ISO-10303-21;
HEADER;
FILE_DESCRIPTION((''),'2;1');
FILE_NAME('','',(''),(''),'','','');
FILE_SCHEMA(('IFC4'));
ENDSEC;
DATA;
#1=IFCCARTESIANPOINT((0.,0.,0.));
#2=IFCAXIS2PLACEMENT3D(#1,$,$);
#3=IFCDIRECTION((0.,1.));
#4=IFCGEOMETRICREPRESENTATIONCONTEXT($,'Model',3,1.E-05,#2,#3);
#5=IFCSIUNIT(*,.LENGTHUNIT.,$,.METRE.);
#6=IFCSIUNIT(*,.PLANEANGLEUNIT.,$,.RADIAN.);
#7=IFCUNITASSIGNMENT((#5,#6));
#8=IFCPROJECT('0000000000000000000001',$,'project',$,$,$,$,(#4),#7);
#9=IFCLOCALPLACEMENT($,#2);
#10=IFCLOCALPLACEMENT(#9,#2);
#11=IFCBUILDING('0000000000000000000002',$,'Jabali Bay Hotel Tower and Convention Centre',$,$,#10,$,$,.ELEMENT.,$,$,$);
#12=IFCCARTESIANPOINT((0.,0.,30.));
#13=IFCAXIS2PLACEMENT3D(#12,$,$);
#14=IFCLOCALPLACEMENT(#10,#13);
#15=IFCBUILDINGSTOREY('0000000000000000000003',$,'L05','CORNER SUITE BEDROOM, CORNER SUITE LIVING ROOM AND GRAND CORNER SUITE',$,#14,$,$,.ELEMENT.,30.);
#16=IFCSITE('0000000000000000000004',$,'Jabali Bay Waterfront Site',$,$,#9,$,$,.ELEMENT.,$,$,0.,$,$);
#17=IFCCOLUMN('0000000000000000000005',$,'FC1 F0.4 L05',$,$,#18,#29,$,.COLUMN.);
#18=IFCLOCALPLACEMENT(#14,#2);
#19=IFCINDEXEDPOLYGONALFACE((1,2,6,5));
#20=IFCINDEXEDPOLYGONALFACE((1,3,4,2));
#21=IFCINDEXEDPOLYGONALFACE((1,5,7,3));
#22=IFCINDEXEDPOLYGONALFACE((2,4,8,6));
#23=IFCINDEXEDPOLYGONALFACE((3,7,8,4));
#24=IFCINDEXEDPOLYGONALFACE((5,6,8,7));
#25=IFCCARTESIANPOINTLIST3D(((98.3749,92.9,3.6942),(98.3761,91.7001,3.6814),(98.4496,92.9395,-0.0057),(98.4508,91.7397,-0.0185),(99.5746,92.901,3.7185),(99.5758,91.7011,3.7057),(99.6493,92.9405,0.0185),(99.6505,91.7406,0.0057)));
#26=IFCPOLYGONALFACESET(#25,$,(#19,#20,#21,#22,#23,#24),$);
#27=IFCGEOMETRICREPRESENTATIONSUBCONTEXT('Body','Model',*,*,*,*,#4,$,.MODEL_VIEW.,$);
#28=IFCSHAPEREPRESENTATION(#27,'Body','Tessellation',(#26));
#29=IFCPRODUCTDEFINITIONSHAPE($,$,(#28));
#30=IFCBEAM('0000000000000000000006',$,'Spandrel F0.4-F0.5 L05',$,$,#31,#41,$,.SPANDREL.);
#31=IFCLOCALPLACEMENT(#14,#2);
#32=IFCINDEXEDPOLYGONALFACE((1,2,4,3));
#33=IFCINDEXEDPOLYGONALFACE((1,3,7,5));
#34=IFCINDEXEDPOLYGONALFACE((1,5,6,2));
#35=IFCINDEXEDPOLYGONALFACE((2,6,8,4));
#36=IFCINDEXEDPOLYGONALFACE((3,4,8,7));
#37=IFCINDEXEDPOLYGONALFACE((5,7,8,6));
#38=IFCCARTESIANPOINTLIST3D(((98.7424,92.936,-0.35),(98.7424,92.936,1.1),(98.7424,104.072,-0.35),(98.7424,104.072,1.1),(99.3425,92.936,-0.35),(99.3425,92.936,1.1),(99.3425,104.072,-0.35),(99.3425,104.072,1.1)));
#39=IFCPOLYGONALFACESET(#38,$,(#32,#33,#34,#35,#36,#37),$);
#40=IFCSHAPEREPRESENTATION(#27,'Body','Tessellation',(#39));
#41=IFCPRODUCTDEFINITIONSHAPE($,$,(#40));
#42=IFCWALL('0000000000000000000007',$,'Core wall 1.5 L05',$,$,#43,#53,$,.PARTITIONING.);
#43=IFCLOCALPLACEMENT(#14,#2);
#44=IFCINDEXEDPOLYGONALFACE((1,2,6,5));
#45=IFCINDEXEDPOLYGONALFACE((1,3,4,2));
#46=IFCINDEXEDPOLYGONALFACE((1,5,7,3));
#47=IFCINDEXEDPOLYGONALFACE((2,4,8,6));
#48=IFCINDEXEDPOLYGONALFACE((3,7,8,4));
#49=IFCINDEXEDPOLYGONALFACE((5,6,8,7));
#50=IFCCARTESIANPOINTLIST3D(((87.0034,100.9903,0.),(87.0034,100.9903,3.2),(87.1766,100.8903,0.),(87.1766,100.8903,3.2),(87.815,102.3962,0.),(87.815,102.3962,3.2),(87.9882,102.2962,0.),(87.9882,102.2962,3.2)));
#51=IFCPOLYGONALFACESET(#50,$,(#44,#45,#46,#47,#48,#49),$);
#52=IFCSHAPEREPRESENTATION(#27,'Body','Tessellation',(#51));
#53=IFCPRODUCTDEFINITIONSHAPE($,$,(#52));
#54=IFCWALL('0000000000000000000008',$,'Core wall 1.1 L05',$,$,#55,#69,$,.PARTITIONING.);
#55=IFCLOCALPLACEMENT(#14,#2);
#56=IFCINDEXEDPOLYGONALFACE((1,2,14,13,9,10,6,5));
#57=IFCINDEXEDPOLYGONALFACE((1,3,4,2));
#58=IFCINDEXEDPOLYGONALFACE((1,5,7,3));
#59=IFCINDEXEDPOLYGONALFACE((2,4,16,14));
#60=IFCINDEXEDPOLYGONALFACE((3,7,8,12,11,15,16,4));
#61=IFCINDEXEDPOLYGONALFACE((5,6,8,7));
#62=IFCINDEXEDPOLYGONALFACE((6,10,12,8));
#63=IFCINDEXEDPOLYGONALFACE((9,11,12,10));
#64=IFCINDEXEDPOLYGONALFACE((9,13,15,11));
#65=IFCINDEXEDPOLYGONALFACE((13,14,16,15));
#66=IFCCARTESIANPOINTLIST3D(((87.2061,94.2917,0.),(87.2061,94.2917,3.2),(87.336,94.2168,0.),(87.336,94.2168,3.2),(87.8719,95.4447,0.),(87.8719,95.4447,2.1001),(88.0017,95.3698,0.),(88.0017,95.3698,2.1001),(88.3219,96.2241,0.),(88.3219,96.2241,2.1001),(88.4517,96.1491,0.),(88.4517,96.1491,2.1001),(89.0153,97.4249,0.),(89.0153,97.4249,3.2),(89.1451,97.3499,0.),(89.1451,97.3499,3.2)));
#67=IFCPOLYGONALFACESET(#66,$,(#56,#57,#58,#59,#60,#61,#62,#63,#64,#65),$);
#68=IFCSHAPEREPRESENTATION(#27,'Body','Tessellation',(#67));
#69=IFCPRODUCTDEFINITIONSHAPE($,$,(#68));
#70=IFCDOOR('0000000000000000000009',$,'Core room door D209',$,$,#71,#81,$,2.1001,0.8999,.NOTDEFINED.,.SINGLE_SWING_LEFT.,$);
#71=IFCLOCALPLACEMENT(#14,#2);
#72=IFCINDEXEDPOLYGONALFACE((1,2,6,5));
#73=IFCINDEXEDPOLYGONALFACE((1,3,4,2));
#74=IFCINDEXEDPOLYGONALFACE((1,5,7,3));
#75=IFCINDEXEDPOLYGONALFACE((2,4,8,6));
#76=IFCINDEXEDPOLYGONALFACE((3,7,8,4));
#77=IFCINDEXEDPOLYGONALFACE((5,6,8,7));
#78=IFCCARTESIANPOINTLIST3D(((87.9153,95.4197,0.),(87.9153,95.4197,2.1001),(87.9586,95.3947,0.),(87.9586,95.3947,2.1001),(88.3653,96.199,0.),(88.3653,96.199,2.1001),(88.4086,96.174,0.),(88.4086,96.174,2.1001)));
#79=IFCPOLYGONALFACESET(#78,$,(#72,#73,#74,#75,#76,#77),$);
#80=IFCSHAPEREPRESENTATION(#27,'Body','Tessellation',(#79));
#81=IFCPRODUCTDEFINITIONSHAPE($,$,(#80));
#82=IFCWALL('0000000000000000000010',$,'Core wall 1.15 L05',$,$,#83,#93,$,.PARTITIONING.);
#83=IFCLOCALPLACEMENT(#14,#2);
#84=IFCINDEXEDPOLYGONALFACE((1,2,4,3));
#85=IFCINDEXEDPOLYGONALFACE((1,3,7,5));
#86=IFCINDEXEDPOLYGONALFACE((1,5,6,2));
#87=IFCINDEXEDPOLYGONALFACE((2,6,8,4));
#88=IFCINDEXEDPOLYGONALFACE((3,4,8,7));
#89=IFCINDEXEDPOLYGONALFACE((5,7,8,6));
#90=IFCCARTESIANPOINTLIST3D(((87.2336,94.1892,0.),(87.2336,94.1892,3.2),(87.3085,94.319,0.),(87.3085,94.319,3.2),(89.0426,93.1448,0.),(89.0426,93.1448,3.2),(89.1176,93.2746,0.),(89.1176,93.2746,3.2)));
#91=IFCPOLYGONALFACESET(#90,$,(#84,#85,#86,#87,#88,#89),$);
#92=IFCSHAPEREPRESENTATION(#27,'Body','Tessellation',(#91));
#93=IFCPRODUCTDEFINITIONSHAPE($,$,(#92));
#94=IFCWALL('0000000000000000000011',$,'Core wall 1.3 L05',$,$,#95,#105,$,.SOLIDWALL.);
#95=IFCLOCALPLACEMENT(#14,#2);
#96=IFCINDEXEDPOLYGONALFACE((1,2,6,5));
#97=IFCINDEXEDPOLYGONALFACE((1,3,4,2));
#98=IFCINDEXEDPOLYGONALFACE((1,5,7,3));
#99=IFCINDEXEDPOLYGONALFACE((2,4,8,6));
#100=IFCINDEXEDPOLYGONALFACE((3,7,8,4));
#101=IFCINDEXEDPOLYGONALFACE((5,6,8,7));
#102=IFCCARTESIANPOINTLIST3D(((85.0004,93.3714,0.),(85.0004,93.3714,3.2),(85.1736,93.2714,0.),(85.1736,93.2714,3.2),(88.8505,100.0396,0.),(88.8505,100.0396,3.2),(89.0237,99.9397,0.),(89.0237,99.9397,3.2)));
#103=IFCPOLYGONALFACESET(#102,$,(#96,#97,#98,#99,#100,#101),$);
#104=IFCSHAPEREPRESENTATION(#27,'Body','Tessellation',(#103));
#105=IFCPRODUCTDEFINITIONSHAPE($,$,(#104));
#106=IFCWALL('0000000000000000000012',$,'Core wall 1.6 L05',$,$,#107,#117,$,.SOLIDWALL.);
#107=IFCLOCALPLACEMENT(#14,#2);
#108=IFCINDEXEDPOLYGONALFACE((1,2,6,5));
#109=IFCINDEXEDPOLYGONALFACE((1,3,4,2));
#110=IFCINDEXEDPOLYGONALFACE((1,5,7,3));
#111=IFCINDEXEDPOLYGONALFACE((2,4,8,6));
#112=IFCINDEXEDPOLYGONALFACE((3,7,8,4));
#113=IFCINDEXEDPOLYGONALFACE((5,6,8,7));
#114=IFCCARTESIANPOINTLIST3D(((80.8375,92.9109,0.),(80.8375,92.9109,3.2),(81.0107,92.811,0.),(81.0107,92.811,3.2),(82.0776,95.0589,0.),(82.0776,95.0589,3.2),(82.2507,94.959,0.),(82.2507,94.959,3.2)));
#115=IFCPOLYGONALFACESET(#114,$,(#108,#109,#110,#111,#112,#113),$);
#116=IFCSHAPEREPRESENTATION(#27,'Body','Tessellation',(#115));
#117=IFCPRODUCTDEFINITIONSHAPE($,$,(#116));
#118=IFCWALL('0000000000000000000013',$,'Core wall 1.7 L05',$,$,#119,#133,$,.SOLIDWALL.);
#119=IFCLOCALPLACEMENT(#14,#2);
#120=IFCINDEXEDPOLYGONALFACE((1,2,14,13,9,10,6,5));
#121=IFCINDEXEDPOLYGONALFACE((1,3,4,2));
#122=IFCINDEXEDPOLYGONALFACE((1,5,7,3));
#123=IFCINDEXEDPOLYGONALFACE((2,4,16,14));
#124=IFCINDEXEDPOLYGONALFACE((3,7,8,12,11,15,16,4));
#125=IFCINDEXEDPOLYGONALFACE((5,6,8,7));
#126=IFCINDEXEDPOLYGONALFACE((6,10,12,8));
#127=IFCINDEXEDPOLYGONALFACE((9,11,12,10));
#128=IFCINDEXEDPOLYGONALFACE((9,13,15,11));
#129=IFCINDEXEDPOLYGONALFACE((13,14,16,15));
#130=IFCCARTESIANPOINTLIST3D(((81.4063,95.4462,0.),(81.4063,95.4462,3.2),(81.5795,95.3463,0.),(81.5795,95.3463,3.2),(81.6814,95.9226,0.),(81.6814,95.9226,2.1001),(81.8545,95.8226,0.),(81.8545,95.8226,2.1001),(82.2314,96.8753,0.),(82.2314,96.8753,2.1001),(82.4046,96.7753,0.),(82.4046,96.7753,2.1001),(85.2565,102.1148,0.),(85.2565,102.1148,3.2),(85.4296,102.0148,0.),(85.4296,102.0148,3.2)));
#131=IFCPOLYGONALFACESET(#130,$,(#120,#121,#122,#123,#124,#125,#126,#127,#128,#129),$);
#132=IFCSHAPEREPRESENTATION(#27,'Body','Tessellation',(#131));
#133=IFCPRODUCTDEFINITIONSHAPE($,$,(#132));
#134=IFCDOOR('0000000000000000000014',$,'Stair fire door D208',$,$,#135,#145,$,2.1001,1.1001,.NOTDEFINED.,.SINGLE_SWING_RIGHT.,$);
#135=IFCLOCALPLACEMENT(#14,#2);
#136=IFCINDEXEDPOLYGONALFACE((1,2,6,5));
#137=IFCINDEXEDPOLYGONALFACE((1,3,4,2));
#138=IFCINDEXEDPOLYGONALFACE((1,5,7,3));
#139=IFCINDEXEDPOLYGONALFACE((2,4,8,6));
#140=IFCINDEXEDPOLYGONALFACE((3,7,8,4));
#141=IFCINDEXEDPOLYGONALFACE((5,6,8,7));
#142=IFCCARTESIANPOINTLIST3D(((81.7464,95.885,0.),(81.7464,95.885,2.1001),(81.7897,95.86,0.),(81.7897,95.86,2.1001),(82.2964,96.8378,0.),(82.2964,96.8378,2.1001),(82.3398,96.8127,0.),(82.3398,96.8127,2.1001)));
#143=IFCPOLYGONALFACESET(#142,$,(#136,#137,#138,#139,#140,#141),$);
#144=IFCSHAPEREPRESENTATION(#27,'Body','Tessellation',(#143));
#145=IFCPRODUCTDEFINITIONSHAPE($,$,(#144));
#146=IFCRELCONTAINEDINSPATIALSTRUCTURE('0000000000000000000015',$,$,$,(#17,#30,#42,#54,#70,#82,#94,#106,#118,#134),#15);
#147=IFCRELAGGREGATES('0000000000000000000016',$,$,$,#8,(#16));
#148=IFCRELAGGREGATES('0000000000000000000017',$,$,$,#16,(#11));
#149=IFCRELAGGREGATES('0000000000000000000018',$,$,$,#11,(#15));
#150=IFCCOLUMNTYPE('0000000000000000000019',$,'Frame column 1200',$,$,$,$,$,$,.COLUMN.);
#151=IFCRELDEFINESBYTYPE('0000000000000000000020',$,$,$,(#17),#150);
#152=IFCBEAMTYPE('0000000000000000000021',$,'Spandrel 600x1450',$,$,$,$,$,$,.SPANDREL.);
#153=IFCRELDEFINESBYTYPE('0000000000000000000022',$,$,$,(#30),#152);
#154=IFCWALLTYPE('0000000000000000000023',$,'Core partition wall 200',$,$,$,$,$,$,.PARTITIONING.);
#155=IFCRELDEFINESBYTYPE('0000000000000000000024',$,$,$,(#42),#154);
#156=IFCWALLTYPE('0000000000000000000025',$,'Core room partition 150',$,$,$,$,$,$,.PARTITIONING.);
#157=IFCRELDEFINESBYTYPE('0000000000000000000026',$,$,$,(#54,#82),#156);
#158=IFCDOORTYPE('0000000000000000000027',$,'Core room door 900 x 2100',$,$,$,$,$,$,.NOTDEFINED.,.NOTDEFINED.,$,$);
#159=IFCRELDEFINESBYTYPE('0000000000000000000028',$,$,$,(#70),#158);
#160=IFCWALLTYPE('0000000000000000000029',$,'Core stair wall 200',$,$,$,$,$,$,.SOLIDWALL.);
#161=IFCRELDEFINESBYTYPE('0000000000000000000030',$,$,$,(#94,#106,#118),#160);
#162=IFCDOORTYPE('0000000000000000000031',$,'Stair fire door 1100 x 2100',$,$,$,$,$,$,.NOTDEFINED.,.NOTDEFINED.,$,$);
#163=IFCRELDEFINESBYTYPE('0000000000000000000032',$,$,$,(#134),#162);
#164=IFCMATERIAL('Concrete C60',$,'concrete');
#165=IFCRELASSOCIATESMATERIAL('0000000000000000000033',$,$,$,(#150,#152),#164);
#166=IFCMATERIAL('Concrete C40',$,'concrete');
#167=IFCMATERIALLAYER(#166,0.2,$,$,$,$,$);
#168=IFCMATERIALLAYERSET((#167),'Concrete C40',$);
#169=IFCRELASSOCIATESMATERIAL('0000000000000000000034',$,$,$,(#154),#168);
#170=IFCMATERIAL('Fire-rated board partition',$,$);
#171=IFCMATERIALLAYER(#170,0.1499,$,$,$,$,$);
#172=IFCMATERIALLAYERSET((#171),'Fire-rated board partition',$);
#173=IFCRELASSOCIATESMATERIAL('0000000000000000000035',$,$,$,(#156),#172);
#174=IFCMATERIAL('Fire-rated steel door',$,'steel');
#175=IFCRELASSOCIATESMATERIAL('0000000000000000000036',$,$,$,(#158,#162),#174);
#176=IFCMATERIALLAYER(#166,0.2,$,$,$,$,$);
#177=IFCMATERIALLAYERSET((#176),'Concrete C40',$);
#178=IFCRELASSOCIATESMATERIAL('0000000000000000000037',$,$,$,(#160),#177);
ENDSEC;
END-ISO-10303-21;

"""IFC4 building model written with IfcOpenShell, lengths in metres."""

from ifc_helpers import new_model, si_unit, direction, frame, frame_2d, origin, origin_2d, place, context, subcontext, project, spatial, rectangle, extrude, material, layer, layer_set, material_profile, profile_set, type_object, element, fill, save


model = new_model("IFC4")

# Units and contexts
model_context = context("Model", 3, precision=1e-05, world=origin(), true_north=direction((0.0, 1.0)))
body_context = subcontext(model_context, "Body", "Model", "MODEL_VIEW")
ifc_project = project(units=[si_unit("LENGTHUNIT", "METRE"), si_unit("PLANEANGLEUNIT", "RADIAN")], contexts=[model_context])

# Site, building, storey
site_placement = place(None, origin())
site = spatial("IfcSite", under=ifc_project, at=site_placement, Name="Jabali Bay Waterfront Site", CompositionType="ELEMENT", RefElevation=0.0)
building_placement = place(site_placement, origin())
building = spatial("IfcBuilding", under=site, at=building_placement, Name="Jabali Bay Hotel Tower and Convention Centre", CompositionType="ELEMENT")
storey_placement = place(building_placement, frame((0.0, 0.0, 30.0)))
storey = spatial("IfcBuildingStorey", under=building, at=storey_placement, Name="L05", Description="CORNER SUITE BEDROOM, CORNER SUITE LIVING ROOM AND GRAND CORNER SUITE", CompositionType="ELEMENT", Elevation=30.0)

# Column
ifc_material_1 = material(Name="Concrete C60", Category="concrete")
ifc_material_profile_1 = material_profile(ifc_material_1, rectangle(XDim=1.2, YDim=1.2, at=origin_2d()), Name="Frame column 1200")
ifc_profile_set_1 = profile_set([ifc_material_profile_1], Name="Concrete C60")
column_type = type_object("IfcColumnType", Name="Frame column 1200", PredefinedType="COLUMN", material=ifc_profile_set_1)
column_placement = place(storey_placement, frame((99.05, 92.3401, 0.0), z_axis=(-0.020186, -0.010687, 0.999739), x_axis=(0.999796, 0.000808, 0.020196)))
element("IfcColumn", 1, at=column_placement, inside=storey, type_object=column_type, Name="FC1 F0.4 L05", PredefinedType="COLUMN", context=body_context, shape_type="SweptSolid", body=[
    extrude(rectangle(XDim=1.2, YDim=1.2, at=origin_2d()), origin(), (0.0, 0.0, 1.0), 3.7009),
])

# Beam
ifc_material_profile_2 = material_profile(ifc_material_1, rectangle(XDim=0.6001, YDim=1.45, at=origin_2d()), Name="Spandrel 600x1450")
ifc_profile_set_2 = profile_set([ifc_material_profile_2], Name="Concrete C60")
beam_type = type_object("IfcBeamType", Name="Spandrel 600x1450", PredefinedType="SPANDREL", material=ifc_profile_set_2)
beam_placement = place(storey_placement, frame((99.0425, 92.936, 0.375), z_axis=(0.0, 1.0, 0.0), x_axis=(-1.0, 0.0, 0.0)))
element("IfcBeam", 2, at=beam_placement, inside=storey, type_object=beam_type, Name="Spandrel F0.4-F0.5 L05", PredefinedType="SPANDREL", context=body_context, shape_type="SweptSolid", body=[
    extrude(rectangle(XDim=0.6001, YDim=1.45, at=origin_2d()), origin(), (0.0, 0.0, 1.0), 11.136),
])

# Wall
ifc_material_2 = material(Name="Concrete C40", Category="concrete")
ifc_layer_1 = layer(ifc_material_2, 0.2)
ifc_layer_set_1 = layer_set([ifc_layer_1], Name="Concrete C40")
wall_type_1 = type_object("IfcWallType", Name="Core partition wall 200", PredefinedType="PARTITIONING", material=ifc_layer_set_1)
wall_1_placement = place(storey_placement, frame((87.0901, 100.9404, 0.0), z_axis=(0.0, 0.0, 1.0), x_axis=(0.499957, 0.86605, 0.0)))
element("IfcWall", 3, at=wall_1_placement, inside=storey, type_object=wall_type_1, Name="Core wall 1.5 L05", PredefinedType="PARTITIONING", context=body_context, shape_type="SweptSolid", body=[
    extrude(rectangle(XDim=1.6233, YDim=0.2, at=frame_2d((0.8115, 0.0))), origin(), (0.0, 0.0, 1.0), 3.2),
])

# Wall, opening, door
ifc_material_3 = material(Name="Fire-rated board partition")
ifc_layer_2 = layer(ifc_material_3, 0.1499)
ifc_layer_set_2 = layer_set([ifc_layer_2], Name="Fire-rated board partition")
wall_type_2 = type_object("IfcWallType", Name="Core room partition 150", PredefinedType="PARTITIONING", material=ifc_layer_set_2)
wall_2_placement = place(storey_placement, frame((87.271, 94.2542, 0.0), z_axis=(0.0, 0.0, 1.0), x_axis=(0.500044, 0.866, 0.0)))
wall_2 = element("IfcWall", 4, at=wall_2_placement, inside=storey, type_object=wall_type_2, Name="Core wall 1.1 L05", PredefinedType="PARTITIONING", context=body_context, shape_type="SweptSolid", body=[
    extrude(rectangle(XDim=3.6179, YDim=0.1499, at=frame_2d((1.8091, 0.0))), origin(), (0.0, 0.0, 1.0), 3.2),
])
opening_1_placement = place(wall_2_placement, frame((1.3315, 0.0, 0.0)))
opening_1 = element("IfcOpeningElement", 5, at=opening_1_placement, cuts=wall_2, PredefinedType="OPENING", context=body_context, shape_type="SweptSolid", body=[
    extrude(rectangle(XDim=0.8999, YDim=2.1001, at=frame_2d((0.45, 1.05))), frame((0.0, 0.0854, 0.0), z_axis=(0.0, -1.0, 0.0), x_axis=(1.0, 0.0, 0.0)), (0.0, 0.0, 1.0), 0.1709),
])
ifc_material_4 = material(Name="Fire-rated steel door", Category="steel")
door_type_1 = type_object("IfcDoorType", Name="Core room door 900 x 2100", OperationType="NOTDEFINED", PredefinedType="NOTDEFINED", material=ifc_material_4)
door_1_placement = place(opening_1_placement, origin())
door_1 = element("IfcDoor", 6, at=door_1_placement, inside=storey, type_object=door_type_1, Name="Core room door D209", OperationType="SINGLE_SWING_LEFT", OverallHeight=2.1001, OverallWidth=0.8999, PredefinedType="NOTDEFINED", context=body_context, shape_type="SweptSolid", body=[
    extrude(rectangle(XDim=0.8999, YDim=2.1001, at=frame_2d((0.45, 1.05))), frame((0.0, 0.0249, 0.0), z_axis=(0.0, -1.0, 0.0), x_axis=(1.0, 0.0, 0.0)), (0.0, 0.0, 1.0), 0.05),
])
fill(opening_1, door_1)

# Walls
wall_3_placement = place(storey_placement, frame((89.0801, 93.2097, 0.0), z_axis=(0.0, 0.0, 1.0), x_axis=(-0.866034, 0.499985, 0.0)))
element("IfcWall", 7, at=wall_3_placement, inside=storey, type_object=wall_type_2, Name="Core wall 1.15 L05", PredefinedType="PARTITIONING", context=body_context, shape_type="SweptSolid", body=[
    extrude(rectangle(XDim=2.0889, YDim=0.1499, at=frame_2d((1.0444, 0.0))), origin(), (0.0, 0.0, 1.0), 3.2),
])
ifc_layer_3 = layer(ifc_material_2, 0.2)
ifc_layer_set_3 = layer_set([ifc_layer_3], Name="Concrete C40")
wall_type_3 = type_object("IfcWallType", Name="Core stair wall 200", PredefinedType="SOLIDWALL", material=ifc_layer_set_3)
wall_4_placement = place(storey_placement, frame((85.0869, 93.3213, 0.0), z_axis=(0.0, 0.0, 1.0), x_axis=(0.50002, 0.866014, 0.0)))
element("IfcWall", 8, at=wall_4_placement, inside=storey, type_object=wall_type_3, Name="Core wall 1.3 L05", PredefinedType="SOLIDWALL", context=body_context, shape_type="SweptSolid", body=[
    extrude(rectangle(XDim=7.7, YDim=0.2, at=frame_2d((3.8501, 0.0))), origin(), (0.0, 0.0, 1.0), 3.2),
])
wall_5_placement = place(storey_placement, frame((80.9241, 92.8608, 0.0), z_axis=(0.0, 0.0, 1.0), x_axis=(0.499961, 0.866048, 0.0)))
element("IfcWall", 9, at=wall_5_placement, inside=storey, type_object=wall_type_3, Name="Core wall 1.6 L05", PredefinedType="SOLIDWALL", context=body_context, shape_type="SweptSolid", body=[
    extrude(rectangle(XDim=2.4802, YDim=0.2, at=frame_2d((1.2402, 0.0))), origin(), (0.0, 0.0, 1.0), 3.2),
])

# Wall, opening, door
wall_6_placement = place(storey_placement, frame((81.4929, 95.3962, 0.0), z_axis=(0.0, 0.0, 1.0), x_axis=(0.500006, 0.866022, 0.0)))
wall_6 = element("IfcWall", 10, at=wall_6_placement, inside=storey, type_object=wall_type_3, Name="Core wall 1.7 L05", PredefinedType="SOLIDWALL", context=body_context, shape_type="SweptSolid", body=[
    extrude(rectangle(XDim=7.7002, YDim=0.2, at=frame_2d((3.8501, 0.0))), origin(), (0.0, 0.0, 1.0), 3.2),
])
opening_2_placement = place(wall_6_placement, frame((0.55, 0.0, 0.0)))
opening_2 = element("IfcOpeningElement", 11, at=opening_2_placement, cuts=wall_6, PredefinedType="OPENING", context=body_context, shape_type="SweptSolid", body=[
    extrude(rectangle(XDim=1.1001, YDim=2.1001, at=frame_2d((0.55, 1.05))), frame((0.0, 0.1104, 0.0), z_axis=(0.0, -1.0, 0.0), x_axis=(1.0, 0.0, 0.0)), (0.0, 0.0, 1.0), 0.2209),
])
door_type_2 = type_object("IfcDoorType", Name="Stair fire door 1100 x 2100", OperationType="NOTDEFINED", PredefinedType="NOTDEFINED", material=ifc_material_4)
door_2_placement = place(opening_2_placement, origin())
door_2 = element("IfcDoor", 12, at=door_2_placement, inside=storey, type_object=door_type_2, Name="Stair fire door D208", OperationType="SINGLE_SWING_RIGHT", OverallHeight=2.1001, OverallWidth=1.1001, PredefinedType="NOTDEFINED", context=body_context, shape_type="SweptSolid", body=[
    extrude(rectangle(XDim=1.1001, YDim=2.1001, at=frame_2d((0.55, 1.05))), frame((0.0, 0.0249, 0.0), z_axis=(0.0, -1.0, 0.0), x_axis=(1.0, 0.0, 0.0)), (0.0, 0.0, 1.0), 0.05),
])
fill(opening_2, door_2)

save(model, "model.ifc")
